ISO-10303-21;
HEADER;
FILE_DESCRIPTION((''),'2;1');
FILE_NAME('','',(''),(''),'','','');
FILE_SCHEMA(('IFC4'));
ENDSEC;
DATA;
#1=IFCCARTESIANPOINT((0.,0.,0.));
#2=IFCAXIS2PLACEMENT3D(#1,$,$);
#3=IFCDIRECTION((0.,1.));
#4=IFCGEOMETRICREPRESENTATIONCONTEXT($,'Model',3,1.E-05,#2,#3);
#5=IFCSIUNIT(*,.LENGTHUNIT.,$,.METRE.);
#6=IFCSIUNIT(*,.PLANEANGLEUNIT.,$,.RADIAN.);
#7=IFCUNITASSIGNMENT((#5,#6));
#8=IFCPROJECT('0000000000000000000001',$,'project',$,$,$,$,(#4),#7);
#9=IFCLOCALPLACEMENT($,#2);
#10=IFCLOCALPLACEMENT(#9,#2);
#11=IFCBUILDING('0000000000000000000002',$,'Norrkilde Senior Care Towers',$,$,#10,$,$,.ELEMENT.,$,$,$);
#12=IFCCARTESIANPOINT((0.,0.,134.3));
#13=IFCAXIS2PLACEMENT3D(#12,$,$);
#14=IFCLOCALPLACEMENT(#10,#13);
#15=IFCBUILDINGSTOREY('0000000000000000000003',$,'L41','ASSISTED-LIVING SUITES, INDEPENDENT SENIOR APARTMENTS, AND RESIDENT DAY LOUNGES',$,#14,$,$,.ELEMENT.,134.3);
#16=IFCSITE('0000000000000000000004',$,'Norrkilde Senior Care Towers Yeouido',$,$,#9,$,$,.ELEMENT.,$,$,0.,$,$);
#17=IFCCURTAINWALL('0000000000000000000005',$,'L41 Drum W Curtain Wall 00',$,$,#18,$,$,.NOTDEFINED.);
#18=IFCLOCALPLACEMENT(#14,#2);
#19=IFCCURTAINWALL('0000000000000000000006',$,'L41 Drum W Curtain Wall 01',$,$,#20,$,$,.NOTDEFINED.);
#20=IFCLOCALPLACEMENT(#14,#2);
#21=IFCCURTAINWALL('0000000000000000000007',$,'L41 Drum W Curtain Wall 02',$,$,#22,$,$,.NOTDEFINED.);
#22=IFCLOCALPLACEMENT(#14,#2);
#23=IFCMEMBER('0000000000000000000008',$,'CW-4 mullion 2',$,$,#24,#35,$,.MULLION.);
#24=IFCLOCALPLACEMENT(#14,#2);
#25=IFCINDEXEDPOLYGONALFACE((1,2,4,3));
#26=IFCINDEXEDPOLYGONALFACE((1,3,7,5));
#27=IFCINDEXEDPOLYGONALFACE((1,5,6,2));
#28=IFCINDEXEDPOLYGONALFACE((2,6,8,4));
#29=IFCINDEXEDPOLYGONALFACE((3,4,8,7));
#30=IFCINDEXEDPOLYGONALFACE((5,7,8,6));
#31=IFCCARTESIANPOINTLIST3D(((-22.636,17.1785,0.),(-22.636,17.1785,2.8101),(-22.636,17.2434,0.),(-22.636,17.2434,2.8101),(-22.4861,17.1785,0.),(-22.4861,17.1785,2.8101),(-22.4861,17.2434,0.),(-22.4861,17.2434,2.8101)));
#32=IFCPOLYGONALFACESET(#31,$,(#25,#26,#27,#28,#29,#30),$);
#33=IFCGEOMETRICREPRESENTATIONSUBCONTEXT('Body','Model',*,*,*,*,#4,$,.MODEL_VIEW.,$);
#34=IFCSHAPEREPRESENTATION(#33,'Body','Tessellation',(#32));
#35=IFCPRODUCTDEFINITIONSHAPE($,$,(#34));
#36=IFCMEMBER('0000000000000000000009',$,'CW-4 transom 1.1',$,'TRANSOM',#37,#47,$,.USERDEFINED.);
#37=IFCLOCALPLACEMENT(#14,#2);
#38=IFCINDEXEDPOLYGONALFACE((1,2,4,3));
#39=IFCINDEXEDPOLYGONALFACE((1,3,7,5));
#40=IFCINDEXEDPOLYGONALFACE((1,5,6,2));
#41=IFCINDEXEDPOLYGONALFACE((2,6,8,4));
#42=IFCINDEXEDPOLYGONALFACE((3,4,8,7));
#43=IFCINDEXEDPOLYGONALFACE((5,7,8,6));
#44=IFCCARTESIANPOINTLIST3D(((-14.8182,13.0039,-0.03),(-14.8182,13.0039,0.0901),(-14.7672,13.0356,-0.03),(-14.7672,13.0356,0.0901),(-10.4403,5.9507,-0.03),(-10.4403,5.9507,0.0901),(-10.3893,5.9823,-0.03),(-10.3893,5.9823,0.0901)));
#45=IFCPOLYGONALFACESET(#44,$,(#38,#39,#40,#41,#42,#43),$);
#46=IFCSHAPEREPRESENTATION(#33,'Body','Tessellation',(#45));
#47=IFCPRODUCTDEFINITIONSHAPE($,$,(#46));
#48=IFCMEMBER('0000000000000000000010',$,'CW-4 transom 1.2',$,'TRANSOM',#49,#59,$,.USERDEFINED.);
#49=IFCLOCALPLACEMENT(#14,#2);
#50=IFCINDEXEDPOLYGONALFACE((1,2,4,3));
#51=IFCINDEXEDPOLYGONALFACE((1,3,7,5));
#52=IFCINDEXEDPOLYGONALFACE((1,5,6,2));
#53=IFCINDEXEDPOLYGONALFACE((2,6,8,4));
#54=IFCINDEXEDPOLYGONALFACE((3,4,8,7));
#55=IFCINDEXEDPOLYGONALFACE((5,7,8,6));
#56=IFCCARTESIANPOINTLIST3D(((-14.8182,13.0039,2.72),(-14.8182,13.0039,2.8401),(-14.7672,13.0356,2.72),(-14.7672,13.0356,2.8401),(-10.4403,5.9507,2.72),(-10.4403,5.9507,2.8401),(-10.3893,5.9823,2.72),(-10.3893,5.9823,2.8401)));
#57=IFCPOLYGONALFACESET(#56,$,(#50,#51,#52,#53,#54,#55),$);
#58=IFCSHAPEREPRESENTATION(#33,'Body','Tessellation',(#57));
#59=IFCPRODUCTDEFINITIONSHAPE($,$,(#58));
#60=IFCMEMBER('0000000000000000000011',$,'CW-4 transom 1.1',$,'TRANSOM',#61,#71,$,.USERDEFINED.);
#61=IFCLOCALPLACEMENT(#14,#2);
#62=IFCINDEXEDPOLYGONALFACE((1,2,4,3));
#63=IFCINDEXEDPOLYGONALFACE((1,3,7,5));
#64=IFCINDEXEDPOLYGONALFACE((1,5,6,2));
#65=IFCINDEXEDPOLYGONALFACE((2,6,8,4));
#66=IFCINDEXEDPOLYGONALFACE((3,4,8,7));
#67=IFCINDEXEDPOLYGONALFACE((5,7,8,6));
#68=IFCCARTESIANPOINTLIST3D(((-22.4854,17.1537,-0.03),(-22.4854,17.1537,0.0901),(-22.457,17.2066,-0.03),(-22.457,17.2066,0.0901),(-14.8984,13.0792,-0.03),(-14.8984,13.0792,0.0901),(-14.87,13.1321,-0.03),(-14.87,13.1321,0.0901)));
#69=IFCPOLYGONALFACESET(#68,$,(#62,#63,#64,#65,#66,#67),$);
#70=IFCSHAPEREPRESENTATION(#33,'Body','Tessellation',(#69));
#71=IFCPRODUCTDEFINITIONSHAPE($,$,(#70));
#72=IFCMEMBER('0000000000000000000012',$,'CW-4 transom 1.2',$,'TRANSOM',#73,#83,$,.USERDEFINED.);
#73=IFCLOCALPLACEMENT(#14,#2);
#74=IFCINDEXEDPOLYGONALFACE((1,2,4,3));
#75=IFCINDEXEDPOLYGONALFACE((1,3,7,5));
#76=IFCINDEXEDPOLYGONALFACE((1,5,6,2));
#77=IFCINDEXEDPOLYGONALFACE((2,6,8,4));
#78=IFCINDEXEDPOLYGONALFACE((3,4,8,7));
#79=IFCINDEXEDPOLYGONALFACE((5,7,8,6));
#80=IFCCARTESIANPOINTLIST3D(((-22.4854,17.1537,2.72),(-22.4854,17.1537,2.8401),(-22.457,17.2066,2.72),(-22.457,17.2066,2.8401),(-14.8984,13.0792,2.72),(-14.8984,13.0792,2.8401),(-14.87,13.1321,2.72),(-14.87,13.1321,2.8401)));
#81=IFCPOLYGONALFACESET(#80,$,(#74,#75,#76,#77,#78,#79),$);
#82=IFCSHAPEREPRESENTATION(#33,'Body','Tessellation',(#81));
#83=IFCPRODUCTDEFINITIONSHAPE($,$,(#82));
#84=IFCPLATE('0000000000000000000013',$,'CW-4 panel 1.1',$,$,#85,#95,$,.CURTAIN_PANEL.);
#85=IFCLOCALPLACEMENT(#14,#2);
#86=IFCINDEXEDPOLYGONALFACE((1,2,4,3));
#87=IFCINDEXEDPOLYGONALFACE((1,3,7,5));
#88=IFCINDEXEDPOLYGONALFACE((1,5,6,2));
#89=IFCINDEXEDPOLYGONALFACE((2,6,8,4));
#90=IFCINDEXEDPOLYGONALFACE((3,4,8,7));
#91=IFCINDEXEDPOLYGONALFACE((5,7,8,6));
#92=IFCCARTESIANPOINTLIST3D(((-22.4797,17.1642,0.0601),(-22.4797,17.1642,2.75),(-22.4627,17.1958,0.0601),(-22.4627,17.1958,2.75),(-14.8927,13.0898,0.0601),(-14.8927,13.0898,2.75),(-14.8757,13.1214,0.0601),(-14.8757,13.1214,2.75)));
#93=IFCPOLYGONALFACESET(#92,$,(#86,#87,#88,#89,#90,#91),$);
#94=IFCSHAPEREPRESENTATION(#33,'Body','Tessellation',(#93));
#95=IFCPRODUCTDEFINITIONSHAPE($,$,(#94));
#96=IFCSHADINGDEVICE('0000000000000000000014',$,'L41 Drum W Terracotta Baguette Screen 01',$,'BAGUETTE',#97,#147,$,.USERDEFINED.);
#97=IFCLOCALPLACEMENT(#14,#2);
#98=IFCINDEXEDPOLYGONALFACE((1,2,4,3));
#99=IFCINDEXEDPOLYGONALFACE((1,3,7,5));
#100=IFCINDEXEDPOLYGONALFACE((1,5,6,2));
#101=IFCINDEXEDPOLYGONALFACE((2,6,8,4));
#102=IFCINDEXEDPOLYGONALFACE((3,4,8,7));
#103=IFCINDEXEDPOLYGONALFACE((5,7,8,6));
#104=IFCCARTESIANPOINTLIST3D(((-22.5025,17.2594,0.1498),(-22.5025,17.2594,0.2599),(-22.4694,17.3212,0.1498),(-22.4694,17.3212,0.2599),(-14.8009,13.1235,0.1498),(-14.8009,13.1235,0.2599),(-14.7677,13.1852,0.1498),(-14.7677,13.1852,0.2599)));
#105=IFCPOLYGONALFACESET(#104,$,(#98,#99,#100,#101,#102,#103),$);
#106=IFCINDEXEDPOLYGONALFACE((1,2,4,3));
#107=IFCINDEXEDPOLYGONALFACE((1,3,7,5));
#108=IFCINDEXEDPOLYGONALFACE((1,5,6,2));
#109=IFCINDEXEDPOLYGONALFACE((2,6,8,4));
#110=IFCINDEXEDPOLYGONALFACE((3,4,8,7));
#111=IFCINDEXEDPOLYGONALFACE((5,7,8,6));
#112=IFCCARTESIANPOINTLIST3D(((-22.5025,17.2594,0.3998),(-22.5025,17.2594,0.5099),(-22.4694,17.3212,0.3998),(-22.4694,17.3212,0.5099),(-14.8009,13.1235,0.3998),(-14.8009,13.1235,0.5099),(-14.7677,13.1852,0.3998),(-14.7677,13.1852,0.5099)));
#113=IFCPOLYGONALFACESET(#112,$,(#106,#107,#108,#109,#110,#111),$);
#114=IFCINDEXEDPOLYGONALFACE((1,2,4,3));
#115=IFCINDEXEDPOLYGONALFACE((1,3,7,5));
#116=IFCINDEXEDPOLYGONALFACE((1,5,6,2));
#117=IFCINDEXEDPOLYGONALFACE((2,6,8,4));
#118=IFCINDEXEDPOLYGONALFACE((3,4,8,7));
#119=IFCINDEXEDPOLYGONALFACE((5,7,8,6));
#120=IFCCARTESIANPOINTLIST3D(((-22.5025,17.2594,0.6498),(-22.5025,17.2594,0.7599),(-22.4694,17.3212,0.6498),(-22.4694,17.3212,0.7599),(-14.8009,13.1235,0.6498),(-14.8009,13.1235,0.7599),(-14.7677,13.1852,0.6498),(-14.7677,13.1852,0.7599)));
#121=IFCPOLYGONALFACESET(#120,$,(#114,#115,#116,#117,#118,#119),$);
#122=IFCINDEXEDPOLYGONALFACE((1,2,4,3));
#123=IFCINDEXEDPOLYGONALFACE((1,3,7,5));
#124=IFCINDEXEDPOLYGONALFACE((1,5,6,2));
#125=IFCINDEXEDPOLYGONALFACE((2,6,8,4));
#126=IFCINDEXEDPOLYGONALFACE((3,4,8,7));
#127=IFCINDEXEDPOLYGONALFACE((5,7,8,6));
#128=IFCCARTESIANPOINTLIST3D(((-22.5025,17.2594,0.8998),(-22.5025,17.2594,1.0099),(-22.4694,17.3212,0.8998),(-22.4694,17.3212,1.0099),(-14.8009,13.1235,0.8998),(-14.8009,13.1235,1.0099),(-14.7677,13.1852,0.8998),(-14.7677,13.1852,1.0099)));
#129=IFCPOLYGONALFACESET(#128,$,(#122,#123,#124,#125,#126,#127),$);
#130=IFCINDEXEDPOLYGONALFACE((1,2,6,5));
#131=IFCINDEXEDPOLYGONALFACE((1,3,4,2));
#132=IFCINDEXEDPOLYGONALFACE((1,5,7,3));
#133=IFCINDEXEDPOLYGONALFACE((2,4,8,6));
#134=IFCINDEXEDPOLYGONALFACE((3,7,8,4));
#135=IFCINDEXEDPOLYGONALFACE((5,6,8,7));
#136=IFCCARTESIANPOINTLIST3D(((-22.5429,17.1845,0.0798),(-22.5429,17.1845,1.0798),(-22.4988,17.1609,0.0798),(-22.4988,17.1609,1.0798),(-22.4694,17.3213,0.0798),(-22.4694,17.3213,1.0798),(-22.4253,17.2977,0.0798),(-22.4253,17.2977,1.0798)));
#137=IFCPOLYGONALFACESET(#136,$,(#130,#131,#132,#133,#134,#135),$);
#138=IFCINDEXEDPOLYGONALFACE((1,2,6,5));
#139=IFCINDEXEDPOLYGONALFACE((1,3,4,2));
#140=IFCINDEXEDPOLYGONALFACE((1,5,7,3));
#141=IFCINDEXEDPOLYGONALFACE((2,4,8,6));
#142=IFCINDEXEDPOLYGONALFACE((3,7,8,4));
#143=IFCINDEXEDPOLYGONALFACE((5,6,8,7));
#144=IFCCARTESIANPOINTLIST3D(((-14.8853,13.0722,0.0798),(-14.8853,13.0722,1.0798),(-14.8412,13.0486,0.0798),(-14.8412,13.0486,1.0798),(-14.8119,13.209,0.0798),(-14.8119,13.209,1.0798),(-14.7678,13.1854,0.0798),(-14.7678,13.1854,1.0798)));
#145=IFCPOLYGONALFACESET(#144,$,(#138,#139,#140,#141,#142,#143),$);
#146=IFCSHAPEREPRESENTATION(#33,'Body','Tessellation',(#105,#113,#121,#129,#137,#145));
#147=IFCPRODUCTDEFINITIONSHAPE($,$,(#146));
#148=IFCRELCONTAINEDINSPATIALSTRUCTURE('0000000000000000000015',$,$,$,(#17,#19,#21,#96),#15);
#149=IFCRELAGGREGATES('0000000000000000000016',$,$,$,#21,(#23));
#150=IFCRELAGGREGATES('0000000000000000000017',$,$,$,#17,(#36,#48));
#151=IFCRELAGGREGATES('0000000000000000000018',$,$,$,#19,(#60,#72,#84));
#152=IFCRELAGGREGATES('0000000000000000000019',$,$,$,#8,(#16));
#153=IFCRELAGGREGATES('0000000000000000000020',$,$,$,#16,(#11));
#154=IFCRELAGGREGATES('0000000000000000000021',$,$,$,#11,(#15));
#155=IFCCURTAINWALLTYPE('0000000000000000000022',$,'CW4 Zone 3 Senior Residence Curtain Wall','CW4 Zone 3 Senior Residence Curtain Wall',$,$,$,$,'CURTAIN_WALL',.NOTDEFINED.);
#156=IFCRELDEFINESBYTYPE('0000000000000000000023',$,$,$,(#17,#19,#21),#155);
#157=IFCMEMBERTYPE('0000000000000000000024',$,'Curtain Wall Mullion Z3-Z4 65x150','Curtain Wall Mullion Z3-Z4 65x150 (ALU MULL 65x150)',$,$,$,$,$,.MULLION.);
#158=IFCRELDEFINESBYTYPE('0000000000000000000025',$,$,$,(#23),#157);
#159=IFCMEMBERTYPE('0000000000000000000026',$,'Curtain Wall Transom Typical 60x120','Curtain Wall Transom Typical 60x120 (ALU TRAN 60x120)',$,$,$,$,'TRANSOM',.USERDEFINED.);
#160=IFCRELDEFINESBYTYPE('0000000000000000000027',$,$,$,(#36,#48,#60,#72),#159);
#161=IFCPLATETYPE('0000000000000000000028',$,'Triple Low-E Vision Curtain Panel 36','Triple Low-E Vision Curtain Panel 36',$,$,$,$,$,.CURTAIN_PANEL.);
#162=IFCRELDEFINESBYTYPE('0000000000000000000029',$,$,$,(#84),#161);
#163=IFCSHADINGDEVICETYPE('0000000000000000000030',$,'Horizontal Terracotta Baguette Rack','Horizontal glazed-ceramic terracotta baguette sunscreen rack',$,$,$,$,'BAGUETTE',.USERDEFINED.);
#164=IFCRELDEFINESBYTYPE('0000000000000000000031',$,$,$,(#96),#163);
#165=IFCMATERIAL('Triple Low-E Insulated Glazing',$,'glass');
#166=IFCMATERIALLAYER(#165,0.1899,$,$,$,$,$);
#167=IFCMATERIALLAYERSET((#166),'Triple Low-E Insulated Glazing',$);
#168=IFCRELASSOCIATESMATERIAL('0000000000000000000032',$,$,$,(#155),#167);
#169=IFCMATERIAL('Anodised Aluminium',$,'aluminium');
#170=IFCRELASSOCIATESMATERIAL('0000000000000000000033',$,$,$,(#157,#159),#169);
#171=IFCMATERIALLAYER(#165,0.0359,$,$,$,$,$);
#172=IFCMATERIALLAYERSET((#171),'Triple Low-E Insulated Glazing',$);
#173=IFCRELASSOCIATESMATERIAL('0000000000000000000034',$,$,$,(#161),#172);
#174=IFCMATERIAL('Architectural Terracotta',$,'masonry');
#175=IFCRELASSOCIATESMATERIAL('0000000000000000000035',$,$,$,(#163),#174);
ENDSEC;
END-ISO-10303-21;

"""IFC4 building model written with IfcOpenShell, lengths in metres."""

from ifc_helpers import new_model, si_unit, direction, frame, origin, origin_2d, place, context, subcontext, project, spatial, rectangle, extrude, source, transform, mapped, material, layer, layer_set, material_profile, profile_set, type_object, type_shapes, element, aggregate, save


model = new_model("IFC4")

# Units and contexts
model_context = context("Model", 3, precision=1e-05, world=origin(), true_north=direction((0.0, 1.0)))
body_context = subcontext(model_context, "Body", "Model", "MODEL_VIEW")
ifc_project = project(units=[si_unit("LENGTHUNIT", "METRE"), si_unit("PLANEANGLEUNIT", "RADIAN")], contexts=[model_context])

# Site, building, storey
site_placement = place(None, origin())
site = spatial("IfcSite", under=ifc_project, at=site_placement, Name="Norrkilde Senior Care Towers Yeouido", CompositionType="ELEMENT", RefElevation=0.0)
building_placement = place(site_placement, origin())
building = spatial("IfcBuilding", under=site, at=building_placement, Name="Norrkilde Senior Care Towers", CompositionType="ELEMENT")
storey_placement = place(building_placement, frame((0.0, 0.0, 134.3)))
storey = spatial("IfcBuildingStorey", under=building, at=storey_placement, Name="L41", Description="ASSISTED-LIVING SUITES, INDEPENDENT SENIOR APARTMENTS, AND RESIDENT DAY LOUNGES", CompositionType="ELEMENT", Elevation=134.3)

# Curtain wall
ifc_material_1 = material(Name="Triple Low-E Insulated Glazing", Category="glass")
ifc_layer_1 = layer(ifc_material_1, 0.1899)
ifc_layer_set_1 = layer_set([ifc_layer_1], Name="Triple Low-E Insulated Glazing")
curtain_wall_type = type_object("IfcCurtainWallType", Name="CW4 Zone 3 Senior Residence Curtain Wall", Description="CW4 Zone 3 Senior Residence Curtain Wall", ElementType="CURTAIN_WALL", PredefinedType="NOTDEFINED", material=ifc_layer_set_1)
curtain_wall_1_placement = place(storey_placement, origin())
curtain_wall_1 = element("IfcCurtainWall", 1, at=curtain_wall_1_placement, inside=storey, type_object=curtain_wall_type, Name="L41 Drum W Curtain Wall 00", PredefinedType="NOTDEFINED")
ifc_material_2 = material(Name="Anodised Aluminium", Category="aluminium")
ifc_material_profile_1 = material_profile(ifc_material_2, rectangle(XDim=0.0649, YDim=0.1499, at=origin_2d()), Name="ALU MULL 65x150")
ifc_profile_set_1 = profile_set([ifc_material_profile_1], Name="Anodised Aluminium")
member_type_1 = type_object("IfcMemberType", Name="Curtain Wall Mullion Z3-Z4 65x150", Description="Curtain Wall Mullion Z3-Z4 65x150 (ALU MULL 65x150)", PredefinedType="MULLION", material=ifc_profile_set_1)
shared_shape_1 = source(origin(), body_context, "Body", "SweptSolid", [
    extrude(rectangle(XDim=0.0649, YDim=0.1499, at=origin_2d()), origin(), (0.0, 0.0, 1.0), 2.8101),
])
type_shapes(member_type_1, [shared_shape_1])

# Curtain wall
curtain_wall_2_placement = place(storey_placement, origin())
curtain_wall_2 = element("IfcCurtainWall", 2, at=curtain_wall_2_placement, inside=storey, type_object=curtain_wall_type, Name="L41 Drum W Curtain Wall 01", PredefinedType="NOTDEFINED")

# Curtain wall, member
curtain_wall_3_placement = place(storey_placement, origin())
curtain_wall_3 = element("IfcCurtainWall", 3, at=curtain_wall_3_placement, inside=storey, type_object=curtain_wall_type, Name="L41 Drum W Curtain Wall 02", PredefinedType="NOTDEFINED")
member_1_placement = place(storey_placement, frame((-22.561, 17.2109, 0.0), z_axis=(0.0, 0.0, 1.0), x_axis=(0.0, 1.0, 0.0)))
member_1 = element("IfcMember", 4, at=member_1_placement, type_object=member_type_1, Name="CW-4 mullion 2", PredefinedType="MULLION", context=body_context, shape_type="MappedRepresentation", body=[
    mapped(shared_shape_1, transform((0.0, 0.0, 0.0), x_axis=(1.0, 0.0, 0.0), y_axis=(0.0, 1.0, 0.0), z_axis=(0.0, 0.0, 1.0), scale=1.0)),
])
aggregate(curtain_wall_3, [member_1])

# Members
ifc_material_profile_2 = material_profile(ifc_material_2, rectangle(XDim=0.0601, YDim=0.1201, at=origin_2d()), Name="ALU TRAN 60x120")
ifc_profile_set_2 = profile_set([ifc_material_profile_2], Name="Anodised Aluminium")
member_type_2 = type_object("IfcMemberType", Name="Curtain Wall Transom Typical 60x120", Description="Curtain Wall Transom Typical 60x120 (ALU TRAN 60x120)", ElementType="TRANSOM", PredefinedType="USERDEFINED", material=ifc_profile_set_2)
shared_shape_2 = source(origin(), body_context, "Body", "SweptSolid", [
    extrude(rectangle(XDim=0.0601, YDim=0.1201, at=origin_2d()), origin(), (0.0, 0.0, 1.0), 8.3015),
])
member_2_placement = place(storey_placement, frame((-14.7927, 13.0198, 0.03), z_axis=(0.527369, -0.849637, 0.0), x_axis=(0.849637, 0.527369, 0.0)))
member_2 = element("IfcMember", 5, at=member_2_placement, type_object=member_type_2, Name="CW-4 transom 1.1", ObjectType="TRANSOM", PredefinedType="USERDEFINED", context=body_context, shape_type="MappedRepresentation", body=[
    mapped(shared_shape_2, transform((0.0, 0.0, 0.0), x_axis=(1.0, 0.0, 0.0), y_axis=(0.0, 1.0, 0.0), z_axis=(0.0, 0.0, 1.0), scale=1.0)),
])
member_3_placement = place(storey_placement, frame((-14.7927, 13.0198, 2.78), z_axis=(0.527369, -0.849637, 0.0), x_axis=(0.849637, 0.527369, 0.0)))
member_3 = element("IfcMember", 6, at=member_3_placement, type_object=member_type_2, Name="CW-4 transom 1.2", ObjectType="TRANSOM", PredefinedType="USERDEFINED", context=body_context, shape_type="MappedRepresentation", body=[
    mapped(shared_shape_2, transform((0.0, 0.0, 0.0), x_axis=(1.0, 0.0, 0.0), y_axis=(0.0, 1.0, 0.0), z_axis=(0.0, 0.0, 1.0), scale=1.0)),
])
aggregate(curtain_wall_1, [member_2, member_3])
shared_shape_3 = source(origin(), body_context, "Body", "SweptSolid", [
    extrude(rectangle(XDim=0.0601, YDim=0.1201, at=origin_2d()), origin(), (0.0, 0.0, 1.0), 8.6118),
])
type_shapes(member_type_2, [shared_shape_2, shared_shape_3])
member_4_placement = place(storey_placement, frame((-22.4712, 17.1802, 0.03), z_axis=(0.880994, -0.473127, 0.0), x_axis=(0.473127, 0.880994, 0.0)))
member_4 = element("IfcMember", 7, at=member_4_placement, type_object=member_type_2, Name="CW-4 transom 1.1", ObjectType="TRANSOM", PredefinedType="USERDEFINED", context=body_context, shape_type="MappedRepresentation", body=[
    mapped(shared_shape_3, transform((0.0, 0.0, 0.0), x_axis=(1.0, 0.0, 0.0), y_axis=(0.0, 1.0, 0.0), z_axis=(0.0, 0.0, 1.0), scale=1.0)),
])
member_5_placement = place(storey_placement, frame((-22.4712, 17.1802, 2.78), z_axis=(0.880994, -0.473127, 0.0), x_axis=(0.473127, 0.880994, 0.0)))
member_5 = element("IfcMember", 8, at=member_5_placement, type_object=member_type_2, Name="CW-4 transom 1.2", ObjectType="TRANSOM", PredefinedType="USERDEFINED", context=body_context, shape_type="MappedRepresentation", body=[
    mapped(shared_shape_3, transform((0.0, 0.0, 0.0), x_axis=(1.0, 0.0, 0.0), y_axis=(0.0, 1.0, 0.0), z_axis=(0.0, 0.0, 1.0), scale=1.0)),
])

# Plate
ifc_layer_2 = layer(ifc_material_1, 0.0359)
ifc_layer_set_2 = layer_set([ifc_layer_2], Name="Triple Low-E Insulated Glazing")
plate_type = type_object("IfcPlateType", Name="Triple Low-E Vision Curtain Panel 36", Description="Triple Low-E Vision Curtain Panel 36", PredefinedType="CURTAIN_PANEL", material=ifc_layer_set_2)
shared_shape_4 = source(origin(), body_context, "Body", "SweptSolid", [
    extrude(rectangle(XDim=8.6118, YDim=0.0359, at=origin_2d()), origin(), (0.0, 0.0, 1.0), 2.6899),
])
type_shapes(plate_type, [shared_shape_4])
plate_placement = place(storey_placement, frame((-18.6777, 15.1428, 0.0601), z_axis=(0.0, 0.0, 1.0), x_axis=(0.881, -0.473117, 0.0)))
plate = element("IfcPlate", 9, at=plate_placement, type_object=plate_type, Name="CW-4 panel 1.1", PredefinedType="CURTAIN_PANEL", context=body_context, shape_type="MappedRepresentation", body=[
    mapped(shared_shape_4, transform((0.0, 0.0, 0.0), x_axis=(1.0, 0.0, 0.0), y_axis=(0.0, 1.0, 0.0), z_axis=(0.0, 0.0, 1.0), scale=1.0)),
])
aggregate(curtain_wall_2, [member_4, member_5, plate])

# Shading device
ifc_material_3 = material(Name="Architectural Terracotta", Category="masonry")
shading_device_type = type_object("IfcShadingDeviceType", Name="Horizontal Terracotta Baguette Rack", Description="Horizontal glazed-ceramic terracotta baguette sunscreen rack", ElementType="BAGUETTE", PredefinedType="USERDEFINED", material=ifc_material_3)
shared_shape_5 = source(origin(), body_context, "Body", "SweptSolid", [
    extrude(rectangle(XDim=0.0701, YDim=0.1101, at=origin_2d()), frame((0.0, 0.0901, 0.125), z_axis=(1.0, 0.0, 0.0), x_axis=(0.0, 1.0, 0.0)), (0.0, 0.0, 1.0), 8.7419),
    extrude(rectangle(XDim=0.0701, YDim=0.1101, at=origin_2d()), frame((0.0, 0.0901, 0.375), z_axis=(1.0, 0.0, 0.0), x_axis=(0.0, 1.0, 0.0)), (0.0, 0.0, 1.0), 8.7419),
    extrude(rectangle(XDim=0.0701, YDim=0.1101, at=origin_2d()), frame((0.0, 0.0901, 0.625), z_axis=(1.0, 0.0, 0.0), x_axis=(0.0, 1.0, 0.0)), (0.0, 0.0, 1.0), 8.7419),
    extrude(rectangle(XDim=0.0701, YDim=0.1101, at=origin_2d()), frame((0.0, 0.0901, 0.875), z_axis=(1.0, 0.0, 0.0), x_axis=(0.0, 1.0, 0.0)), (0.0, 0.0, 1.0), 8.7419),
    extrude(rectangle(XDim=0.05, YDim=0.1553, at=origin_2d()), frame((0.0249, 0.0476, 0.0)), (0.0, 0.0, 1.0), 1.0),
    extrude(rectangle(XDim=0.05, YDim=0.1553, at=origin_2d()), frame((8.7168, 0.0476, 0.0)), (0.0, 0.0, 1.0), 1.0),
])
type_shapes(shading_device_type, [shared_shape_5])
shading_device_placement = place(storey_placement, frame((-22.5286, 17.2109, 0.0798), z_axis=(0.0, 0.0, 1.0), x_axis=(0.881001, -0.47312, 0.0)))
element("IfcShadingDevice", 10, at=shading_device_placement, inside=storey, type_object=shading_device_type, Name="L41 Drum W Terracotta Baguette Screen 01", ObjectType="BAGUETTE", PredefinedType="USERDEFINED", context=body_context, shape_type="MappedRepresentation", body=[
    mapped(shared_shape_5, transform((0.0, 0.0, 0.0), x_axis=(1.0, 0.0, 0.0), y_axis=(0.0, 1.0, 0.0), z_axis=(0.0, 0.0, 1.0), scale=1.0)),
])

save(model, "model.ifc")
